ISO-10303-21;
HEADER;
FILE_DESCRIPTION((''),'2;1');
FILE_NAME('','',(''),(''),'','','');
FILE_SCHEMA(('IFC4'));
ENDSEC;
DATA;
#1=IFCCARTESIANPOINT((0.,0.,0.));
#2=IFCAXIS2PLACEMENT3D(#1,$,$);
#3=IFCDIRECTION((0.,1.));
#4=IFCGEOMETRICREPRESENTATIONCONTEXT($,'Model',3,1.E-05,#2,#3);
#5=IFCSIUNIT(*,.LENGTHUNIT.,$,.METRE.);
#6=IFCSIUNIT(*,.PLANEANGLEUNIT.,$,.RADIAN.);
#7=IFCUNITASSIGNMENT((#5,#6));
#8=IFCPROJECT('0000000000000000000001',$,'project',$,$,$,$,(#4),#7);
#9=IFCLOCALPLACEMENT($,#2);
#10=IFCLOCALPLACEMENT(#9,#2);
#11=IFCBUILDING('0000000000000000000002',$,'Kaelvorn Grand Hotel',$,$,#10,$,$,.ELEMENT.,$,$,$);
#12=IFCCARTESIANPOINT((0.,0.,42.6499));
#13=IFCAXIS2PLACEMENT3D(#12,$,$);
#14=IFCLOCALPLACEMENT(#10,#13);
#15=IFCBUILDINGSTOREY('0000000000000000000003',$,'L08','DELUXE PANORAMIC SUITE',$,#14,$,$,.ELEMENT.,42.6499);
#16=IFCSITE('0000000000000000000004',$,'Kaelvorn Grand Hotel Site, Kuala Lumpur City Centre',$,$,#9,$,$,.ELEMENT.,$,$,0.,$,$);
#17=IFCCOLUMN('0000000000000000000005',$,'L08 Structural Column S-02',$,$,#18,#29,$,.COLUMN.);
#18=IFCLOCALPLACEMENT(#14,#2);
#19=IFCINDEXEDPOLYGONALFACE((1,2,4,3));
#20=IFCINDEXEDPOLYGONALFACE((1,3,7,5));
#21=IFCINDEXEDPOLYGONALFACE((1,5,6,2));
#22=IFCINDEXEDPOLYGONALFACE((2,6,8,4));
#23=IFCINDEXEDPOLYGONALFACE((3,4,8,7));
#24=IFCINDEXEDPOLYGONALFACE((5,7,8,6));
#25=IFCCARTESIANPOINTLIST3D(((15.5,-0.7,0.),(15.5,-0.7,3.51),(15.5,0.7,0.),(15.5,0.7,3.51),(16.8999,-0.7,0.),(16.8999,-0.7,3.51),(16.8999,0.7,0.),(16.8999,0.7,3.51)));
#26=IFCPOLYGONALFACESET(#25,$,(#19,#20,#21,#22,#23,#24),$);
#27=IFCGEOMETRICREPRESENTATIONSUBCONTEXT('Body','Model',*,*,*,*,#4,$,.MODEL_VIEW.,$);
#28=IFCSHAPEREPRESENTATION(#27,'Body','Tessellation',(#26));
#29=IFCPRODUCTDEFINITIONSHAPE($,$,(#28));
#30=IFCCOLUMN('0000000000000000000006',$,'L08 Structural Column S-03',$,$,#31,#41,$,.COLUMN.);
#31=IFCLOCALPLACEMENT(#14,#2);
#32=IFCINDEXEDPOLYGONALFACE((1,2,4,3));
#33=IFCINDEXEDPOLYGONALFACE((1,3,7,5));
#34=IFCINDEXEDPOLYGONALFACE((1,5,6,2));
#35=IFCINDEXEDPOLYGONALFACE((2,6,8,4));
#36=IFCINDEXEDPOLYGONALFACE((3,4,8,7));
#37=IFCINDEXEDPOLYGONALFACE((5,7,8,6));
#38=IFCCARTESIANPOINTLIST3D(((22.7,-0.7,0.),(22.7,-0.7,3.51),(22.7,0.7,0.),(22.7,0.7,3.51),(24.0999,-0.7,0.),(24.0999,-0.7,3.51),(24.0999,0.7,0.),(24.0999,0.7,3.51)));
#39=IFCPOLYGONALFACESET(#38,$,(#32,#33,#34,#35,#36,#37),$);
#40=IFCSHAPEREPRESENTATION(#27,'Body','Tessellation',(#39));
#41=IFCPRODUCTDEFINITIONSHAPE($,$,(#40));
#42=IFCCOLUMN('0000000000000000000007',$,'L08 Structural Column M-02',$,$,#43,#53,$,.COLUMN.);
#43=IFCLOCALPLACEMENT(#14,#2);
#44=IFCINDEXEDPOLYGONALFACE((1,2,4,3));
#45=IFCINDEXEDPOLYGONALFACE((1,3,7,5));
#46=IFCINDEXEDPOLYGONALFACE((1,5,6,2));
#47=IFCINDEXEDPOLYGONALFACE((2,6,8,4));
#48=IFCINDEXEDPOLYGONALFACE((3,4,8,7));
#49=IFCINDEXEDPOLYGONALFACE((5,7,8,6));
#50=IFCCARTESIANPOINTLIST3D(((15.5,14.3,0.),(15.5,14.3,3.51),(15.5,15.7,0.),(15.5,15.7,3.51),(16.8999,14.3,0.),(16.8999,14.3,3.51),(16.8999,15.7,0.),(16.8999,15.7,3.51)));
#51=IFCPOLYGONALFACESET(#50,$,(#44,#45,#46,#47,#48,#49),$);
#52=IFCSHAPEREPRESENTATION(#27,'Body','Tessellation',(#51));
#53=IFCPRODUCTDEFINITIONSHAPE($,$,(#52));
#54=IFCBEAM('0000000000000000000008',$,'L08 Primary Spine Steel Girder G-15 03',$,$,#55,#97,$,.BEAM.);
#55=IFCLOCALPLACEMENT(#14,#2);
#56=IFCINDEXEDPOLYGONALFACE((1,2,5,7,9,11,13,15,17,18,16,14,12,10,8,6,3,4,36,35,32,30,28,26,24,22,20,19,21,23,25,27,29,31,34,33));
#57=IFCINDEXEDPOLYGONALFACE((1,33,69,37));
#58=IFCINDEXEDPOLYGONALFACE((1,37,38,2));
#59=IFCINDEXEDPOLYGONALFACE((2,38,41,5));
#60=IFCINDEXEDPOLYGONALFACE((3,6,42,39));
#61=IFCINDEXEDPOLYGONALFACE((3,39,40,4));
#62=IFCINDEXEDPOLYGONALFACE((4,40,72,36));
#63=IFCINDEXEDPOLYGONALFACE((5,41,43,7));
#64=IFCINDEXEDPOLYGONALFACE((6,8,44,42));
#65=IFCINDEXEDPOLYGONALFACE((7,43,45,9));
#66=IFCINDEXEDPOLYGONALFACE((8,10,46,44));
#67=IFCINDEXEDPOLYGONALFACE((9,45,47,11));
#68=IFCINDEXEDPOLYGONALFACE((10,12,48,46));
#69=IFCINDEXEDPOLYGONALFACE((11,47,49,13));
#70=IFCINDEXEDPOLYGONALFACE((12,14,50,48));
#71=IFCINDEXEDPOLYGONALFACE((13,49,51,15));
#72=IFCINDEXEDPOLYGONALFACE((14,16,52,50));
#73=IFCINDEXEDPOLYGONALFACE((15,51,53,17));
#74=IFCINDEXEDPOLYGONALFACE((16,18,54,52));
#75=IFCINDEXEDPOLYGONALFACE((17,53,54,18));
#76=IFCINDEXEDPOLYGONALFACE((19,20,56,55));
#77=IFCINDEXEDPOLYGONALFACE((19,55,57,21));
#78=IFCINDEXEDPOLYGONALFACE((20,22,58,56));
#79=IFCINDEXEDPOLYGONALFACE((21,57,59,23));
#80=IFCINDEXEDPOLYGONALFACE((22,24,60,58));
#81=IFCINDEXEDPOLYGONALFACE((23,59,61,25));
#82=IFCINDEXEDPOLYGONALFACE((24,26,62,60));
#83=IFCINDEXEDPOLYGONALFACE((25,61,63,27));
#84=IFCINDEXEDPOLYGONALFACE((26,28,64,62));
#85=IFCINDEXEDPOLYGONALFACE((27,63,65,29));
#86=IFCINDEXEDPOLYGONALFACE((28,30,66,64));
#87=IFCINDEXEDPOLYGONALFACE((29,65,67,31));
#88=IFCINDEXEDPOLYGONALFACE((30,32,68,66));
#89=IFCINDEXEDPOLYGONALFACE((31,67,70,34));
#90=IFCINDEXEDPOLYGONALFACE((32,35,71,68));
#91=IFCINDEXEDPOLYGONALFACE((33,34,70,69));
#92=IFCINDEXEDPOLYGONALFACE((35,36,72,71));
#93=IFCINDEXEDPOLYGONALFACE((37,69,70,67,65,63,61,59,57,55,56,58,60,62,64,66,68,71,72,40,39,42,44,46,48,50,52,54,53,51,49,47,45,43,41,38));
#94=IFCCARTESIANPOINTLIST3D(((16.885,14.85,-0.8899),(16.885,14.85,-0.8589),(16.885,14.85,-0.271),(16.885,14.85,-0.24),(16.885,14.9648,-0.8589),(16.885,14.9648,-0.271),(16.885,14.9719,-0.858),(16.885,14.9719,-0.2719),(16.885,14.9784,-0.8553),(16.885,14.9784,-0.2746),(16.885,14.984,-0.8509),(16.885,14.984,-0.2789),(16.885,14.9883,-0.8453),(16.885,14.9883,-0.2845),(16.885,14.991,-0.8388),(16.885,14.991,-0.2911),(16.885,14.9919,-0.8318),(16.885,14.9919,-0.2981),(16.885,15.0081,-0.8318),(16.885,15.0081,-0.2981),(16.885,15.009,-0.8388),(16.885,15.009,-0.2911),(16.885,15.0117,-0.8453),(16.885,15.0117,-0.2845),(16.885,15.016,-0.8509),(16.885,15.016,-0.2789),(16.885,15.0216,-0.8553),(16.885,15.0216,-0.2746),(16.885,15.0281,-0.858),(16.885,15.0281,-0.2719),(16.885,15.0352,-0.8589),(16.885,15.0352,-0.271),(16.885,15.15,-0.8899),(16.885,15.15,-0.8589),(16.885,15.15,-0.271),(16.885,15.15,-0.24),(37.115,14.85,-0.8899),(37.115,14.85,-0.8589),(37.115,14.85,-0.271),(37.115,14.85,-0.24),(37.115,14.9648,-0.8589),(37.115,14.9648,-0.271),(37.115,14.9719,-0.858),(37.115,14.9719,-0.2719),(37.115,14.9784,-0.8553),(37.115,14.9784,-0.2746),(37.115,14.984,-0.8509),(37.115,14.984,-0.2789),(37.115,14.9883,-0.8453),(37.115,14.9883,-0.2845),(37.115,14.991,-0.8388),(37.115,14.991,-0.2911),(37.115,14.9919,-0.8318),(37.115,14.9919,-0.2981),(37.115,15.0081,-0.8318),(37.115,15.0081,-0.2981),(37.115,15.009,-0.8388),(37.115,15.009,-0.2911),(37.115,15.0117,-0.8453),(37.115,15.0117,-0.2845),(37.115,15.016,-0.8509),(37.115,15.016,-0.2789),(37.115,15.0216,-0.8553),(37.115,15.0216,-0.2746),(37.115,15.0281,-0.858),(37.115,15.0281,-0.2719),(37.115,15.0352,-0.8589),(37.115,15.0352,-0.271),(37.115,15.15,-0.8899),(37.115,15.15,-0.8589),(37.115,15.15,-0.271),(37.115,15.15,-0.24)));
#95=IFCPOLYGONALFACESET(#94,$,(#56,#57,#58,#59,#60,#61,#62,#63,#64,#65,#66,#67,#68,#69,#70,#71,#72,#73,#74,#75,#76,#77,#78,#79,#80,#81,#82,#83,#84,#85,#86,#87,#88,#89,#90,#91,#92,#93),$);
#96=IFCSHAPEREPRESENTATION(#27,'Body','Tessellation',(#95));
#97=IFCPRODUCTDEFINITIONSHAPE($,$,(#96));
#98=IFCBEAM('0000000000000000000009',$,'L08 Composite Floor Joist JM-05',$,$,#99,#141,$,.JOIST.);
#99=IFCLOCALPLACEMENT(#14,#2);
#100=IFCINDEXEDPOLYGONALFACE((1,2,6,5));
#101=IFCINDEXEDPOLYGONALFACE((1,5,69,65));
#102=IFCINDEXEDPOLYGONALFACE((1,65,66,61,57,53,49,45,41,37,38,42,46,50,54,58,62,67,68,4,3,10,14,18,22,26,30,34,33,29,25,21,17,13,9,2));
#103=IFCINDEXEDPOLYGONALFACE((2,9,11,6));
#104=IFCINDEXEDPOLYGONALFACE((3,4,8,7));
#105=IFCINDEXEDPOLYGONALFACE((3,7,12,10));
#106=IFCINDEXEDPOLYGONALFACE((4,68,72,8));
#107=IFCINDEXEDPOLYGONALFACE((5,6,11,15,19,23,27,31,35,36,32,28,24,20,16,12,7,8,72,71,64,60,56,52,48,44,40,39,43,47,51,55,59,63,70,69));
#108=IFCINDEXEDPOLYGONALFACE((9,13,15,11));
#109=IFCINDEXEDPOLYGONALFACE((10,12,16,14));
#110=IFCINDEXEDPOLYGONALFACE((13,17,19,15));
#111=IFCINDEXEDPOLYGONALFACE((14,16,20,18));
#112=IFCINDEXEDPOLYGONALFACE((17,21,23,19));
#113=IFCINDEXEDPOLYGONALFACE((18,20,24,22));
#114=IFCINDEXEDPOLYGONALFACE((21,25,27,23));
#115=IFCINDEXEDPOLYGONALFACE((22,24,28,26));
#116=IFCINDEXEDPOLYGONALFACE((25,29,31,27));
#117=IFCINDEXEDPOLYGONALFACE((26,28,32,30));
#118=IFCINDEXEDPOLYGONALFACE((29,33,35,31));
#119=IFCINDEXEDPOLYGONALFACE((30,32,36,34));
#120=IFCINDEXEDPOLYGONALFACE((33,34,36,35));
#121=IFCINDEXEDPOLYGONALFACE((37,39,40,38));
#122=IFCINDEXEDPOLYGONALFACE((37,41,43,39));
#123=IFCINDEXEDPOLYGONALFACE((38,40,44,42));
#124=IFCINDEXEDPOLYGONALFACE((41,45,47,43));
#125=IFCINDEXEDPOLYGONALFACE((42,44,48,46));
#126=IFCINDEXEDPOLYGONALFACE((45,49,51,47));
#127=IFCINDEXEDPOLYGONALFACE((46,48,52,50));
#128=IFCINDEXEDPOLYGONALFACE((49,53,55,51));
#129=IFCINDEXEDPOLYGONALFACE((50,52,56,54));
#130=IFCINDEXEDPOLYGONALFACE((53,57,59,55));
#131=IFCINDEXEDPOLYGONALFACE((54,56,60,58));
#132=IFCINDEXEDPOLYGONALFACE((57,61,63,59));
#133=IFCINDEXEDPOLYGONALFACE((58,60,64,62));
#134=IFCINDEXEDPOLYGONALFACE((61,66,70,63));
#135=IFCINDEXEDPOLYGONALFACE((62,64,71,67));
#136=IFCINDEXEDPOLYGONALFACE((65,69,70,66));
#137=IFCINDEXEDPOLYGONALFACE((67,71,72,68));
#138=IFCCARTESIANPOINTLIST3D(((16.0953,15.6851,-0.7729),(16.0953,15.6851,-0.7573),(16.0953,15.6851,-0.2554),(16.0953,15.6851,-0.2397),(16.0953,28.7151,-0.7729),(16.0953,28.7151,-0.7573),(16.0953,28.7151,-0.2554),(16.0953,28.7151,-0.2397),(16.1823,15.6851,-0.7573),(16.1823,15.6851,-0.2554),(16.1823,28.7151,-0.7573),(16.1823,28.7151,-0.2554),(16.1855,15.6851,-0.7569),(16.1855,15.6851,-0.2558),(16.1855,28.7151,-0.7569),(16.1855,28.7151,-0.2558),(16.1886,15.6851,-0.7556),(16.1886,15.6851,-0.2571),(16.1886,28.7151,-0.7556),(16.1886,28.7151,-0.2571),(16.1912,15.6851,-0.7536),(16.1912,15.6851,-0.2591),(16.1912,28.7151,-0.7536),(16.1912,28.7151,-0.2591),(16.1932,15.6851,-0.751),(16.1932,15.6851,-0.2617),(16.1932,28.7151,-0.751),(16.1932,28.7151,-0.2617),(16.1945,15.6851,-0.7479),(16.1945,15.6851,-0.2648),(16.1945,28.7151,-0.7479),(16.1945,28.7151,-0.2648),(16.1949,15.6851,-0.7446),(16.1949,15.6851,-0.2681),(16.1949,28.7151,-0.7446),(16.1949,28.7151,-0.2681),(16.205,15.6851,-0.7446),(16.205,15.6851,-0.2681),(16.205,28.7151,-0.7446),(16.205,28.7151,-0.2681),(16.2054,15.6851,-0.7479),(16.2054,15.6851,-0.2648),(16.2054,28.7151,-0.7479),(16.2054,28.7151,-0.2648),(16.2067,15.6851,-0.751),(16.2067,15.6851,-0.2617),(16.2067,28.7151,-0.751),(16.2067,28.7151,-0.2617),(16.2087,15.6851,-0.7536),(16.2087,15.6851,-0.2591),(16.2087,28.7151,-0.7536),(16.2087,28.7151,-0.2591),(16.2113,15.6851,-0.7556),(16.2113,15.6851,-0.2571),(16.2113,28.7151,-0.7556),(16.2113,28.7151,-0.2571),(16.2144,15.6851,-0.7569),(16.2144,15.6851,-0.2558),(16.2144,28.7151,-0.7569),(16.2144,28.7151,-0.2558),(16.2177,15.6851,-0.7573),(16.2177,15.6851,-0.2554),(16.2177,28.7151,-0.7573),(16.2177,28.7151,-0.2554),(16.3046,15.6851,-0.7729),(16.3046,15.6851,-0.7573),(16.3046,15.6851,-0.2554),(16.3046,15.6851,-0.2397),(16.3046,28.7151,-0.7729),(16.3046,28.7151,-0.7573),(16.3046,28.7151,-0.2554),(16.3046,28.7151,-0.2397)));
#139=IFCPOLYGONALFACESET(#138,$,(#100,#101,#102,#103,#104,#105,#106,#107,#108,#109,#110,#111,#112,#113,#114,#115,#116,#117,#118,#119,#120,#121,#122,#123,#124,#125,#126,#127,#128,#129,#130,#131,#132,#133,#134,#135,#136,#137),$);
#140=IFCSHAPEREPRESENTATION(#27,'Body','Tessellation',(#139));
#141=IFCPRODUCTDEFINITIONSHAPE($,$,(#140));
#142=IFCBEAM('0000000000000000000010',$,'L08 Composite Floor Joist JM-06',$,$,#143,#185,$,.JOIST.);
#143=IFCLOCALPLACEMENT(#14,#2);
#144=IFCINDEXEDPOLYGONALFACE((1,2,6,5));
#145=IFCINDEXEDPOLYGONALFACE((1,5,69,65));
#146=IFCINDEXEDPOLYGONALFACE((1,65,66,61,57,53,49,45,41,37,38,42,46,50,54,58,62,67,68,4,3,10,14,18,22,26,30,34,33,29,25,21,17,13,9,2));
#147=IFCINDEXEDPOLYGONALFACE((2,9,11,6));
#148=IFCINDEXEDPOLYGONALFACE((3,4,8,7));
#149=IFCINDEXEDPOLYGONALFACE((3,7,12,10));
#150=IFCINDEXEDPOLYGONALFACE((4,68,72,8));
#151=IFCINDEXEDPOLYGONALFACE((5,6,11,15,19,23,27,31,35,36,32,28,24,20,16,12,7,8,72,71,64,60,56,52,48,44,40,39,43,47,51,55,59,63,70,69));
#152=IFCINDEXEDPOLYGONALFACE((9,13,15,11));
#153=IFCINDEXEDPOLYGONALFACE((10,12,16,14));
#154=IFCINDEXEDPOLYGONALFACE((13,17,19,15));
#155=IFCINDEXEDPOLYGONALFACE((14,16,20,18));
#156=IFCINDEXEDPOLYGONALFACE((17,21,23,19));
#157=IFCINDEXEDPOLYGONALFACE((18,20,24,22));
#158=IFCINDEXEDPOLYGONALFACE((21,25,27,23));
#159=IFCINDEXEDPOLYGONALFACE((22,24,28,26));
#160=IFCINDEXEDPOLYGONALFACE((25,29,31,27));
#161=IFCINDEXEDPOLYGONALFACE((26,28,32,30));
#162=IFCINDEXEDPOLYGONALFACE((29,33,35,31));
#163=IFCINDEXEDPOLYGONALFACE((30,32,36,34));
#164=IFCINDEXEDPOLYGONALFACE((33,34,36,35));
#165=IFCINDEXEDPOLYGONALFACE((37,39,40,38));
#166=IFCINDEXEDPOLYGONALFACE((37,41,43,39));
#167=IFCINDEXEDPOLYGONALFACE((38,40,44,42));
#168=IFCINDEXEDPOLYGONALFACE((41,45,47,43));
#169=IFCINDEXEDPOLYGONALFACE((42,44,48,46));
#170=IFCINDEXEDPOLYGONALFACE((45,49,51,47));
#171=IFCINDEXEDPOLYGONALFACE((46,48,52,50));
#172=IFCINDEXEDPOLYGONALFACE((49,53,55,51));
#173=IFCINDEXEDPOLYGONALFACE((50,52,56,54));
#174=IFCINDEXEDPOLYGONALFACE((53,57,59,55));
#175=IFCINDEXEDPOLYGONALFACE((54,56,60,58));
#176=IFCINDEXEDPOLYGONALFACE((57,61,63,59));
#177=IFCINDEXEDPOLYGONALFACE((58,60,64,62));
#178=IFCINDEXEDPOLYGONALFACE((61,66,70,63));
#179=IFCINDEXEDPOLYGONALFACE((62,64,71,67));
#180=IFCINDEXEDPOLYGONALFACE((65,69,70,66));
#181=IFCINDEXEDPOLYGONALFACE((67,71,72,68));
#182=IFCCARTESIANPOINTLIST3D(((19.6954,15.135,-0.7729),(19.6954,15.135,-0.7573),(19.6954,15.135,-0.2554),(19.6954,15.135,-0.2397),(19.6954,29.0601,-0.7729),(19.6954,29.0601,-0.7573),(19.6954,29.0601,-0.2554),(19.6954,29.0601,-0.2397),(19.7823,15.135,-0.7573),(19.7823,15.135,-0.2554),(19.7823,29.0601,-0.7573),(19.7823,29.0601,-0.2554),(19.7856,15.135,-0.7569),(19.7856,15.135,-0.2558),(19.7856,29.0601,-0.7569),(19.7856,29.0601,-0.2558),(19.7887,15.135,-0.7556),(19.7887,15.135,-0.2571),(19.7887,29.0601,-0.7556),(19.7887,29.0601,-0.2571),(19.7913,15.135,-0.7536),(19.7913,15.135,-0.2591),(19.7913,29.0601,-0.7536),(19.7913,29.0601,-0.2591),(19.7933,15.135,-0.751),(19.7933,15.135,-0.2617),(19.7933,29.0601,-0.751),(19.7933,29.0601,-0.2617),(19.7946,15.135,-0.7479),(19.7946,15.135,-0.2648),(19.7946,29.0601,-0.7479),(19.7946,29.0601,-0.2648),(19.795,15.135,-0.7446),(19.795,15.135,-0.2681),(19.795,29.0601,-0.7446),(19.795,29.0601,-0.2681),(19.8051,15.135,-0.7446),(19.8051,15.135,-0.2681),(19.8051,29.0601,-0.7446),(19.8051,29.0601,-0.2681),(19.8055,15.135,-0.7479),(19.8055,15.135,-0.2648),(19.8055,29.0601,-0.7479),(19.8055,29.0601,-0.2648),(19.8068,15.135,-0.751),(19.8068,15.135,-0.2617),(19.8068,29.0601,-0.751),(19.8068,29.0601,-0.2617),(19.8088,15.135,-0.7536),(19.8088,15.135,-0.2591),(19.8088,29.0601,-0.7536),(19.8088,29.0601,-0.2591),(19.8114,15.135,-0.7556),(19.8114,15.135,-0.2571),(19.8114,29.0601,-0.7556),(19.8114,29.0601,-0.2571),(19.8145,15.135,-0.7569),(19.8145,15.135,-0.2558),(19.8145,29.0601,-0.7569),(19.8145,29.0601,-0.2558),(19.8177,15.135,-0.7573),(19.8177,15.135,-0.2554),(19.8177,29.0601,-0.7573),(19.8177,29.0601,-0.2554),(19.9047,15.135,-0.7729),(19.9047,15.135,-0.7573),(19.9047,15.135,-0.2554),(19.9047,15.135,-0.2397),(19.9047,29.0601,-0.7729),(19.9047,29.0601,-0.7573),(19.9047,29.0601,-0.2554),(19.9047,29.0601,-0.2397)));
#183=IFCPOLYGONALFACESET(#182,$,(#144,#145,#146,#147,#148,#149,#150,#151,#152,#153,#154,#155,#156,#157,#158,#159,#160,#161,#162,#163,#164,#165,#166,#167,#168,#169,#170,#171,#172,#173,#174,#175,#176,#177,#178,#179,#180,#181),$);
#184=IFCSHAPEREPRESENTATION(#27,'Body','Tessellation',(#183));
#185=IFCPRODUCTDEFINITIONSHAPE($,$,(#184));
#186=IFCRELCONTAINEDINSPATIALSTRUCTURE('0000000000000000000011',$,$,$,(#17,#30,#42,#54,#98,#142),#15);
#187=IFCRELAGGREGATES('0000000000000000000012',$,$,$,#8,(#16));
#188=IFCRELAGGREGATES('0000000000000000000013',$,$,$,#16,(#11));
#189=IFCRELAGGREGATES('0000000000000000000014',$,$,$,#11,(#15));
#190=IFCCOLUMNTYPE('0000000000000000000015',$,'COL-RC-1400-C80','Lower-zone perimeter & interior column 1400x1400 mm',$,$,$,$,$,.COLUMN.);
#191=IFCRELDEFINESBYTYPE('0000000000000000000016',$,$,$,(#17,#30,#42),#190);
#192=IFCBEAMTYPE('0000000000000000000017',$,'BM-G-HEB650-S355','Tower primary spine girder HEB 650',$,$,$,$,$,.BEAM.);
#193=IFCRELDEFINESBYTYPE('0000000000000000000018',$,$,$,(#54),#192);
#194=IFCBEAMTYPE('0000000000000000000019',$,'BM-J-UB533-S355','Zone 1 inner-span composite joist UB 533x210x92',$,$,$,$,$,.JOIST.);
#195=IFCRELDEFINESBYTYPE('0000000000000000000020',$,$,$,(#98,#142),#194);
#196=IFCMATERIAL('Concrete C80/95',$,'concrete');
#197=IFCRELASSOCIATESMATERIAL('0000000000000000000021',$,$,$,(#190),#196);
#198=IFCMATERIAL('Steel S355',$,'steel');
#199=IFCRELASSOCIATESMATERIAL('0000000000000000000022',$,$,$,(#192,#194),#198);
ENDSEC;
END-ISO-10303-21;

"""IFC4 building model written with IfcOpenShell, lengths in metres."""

from ifc_helpers import new_model, si_unit, direction, frame, origin, origin_2d, place, context, subcontext, project, spatial, rectangle, i_section, extrude, material, material_profile, profile_set, type_object, element, save


model = new_model("IFC4")

# Units and contexts
model_context = context("Model", 3, precision=1e-05, world=origin(), true_north=direction((0.0, 1.0)))
body_context = subcontext(model_context, "Body", "Model", "MODEL_VIEW")
ifc_project = project(units=[si_unit("LENGTHUNIT", "METRE"), si_unit("PLANEANGLEUNIT", "RADIAN")], contexts=[model_context])

# Site, building, storey
site_placement = place(None, origin())
site = spatial("IfcSite", under=ifc_project, at=site_placement, Name="Kaelvorn Grand Hotel Site, Kuala Lumpur City Centre", CompositionType="ELEMENT", RefElevation=0.0)
building_placement = place(site_placement, origin())
building = spatial("IfcBuilding", under=site, at=building_placement, Name="Kaelvorn Grand Hotel", CompositionType="ELEMENT")
storey_placement = place(building_placement, frame((0.0, 0.0, 42.6499)))
storey = spatial("IfcBuildingStorey", under=building, at=storey_placement, Name="L08", Description="DELUXE PANORAMIC SUITE", CompositionType="ELEMENT", Elevation=42.6499)

# Columns
ifc_material_1 = material(Name="Concrete C80/95", Category="concrete")
ifc_material_profile_1 = material_profile(ifc_material_1, rectangle(XDim=1.3999, YDim=1.3999, at=origin_2d()), Name="RC COL 1400x1400")
ifc_profile_set_1 = profile_set([ifc_material_profile_1], Name="Concrete C80/95")
column_type = type_object("IfcColumnType", Name="COL-RC-1400-C80", Description="Lower-zone perimeter & interior column 1400x1400 mm", PredefinedType="COLUMN", material=ifc_profile_set_1)
for number, where, z_axis, x_axis, name in (
    (1, (16.2, 0.0, 0.0), (0.0, 0.0, 1.0), (1.0, 0.0, 0.0), "L08 Structural Column S-02"),
    (2, (23.3999, 0.0, 0.0), (0.0, 0.0, 1.0), (1.0, 0.0, 0.0), "L08 Structural Column S-03"),
    (3, (16.2, 15.0, 0.0), (0.0, 0.0, 1.0), (1.0, 0.0, 0.0), "L08 Structural Column M-02"),
):
    element("IfcColumn", number, at=place(storey_placement, frame(where, z_axis=z_axis, x_axis=x_axis)), inside=storey, type_object=column_type, Name=name, PredefinedType="COLUMN", context=body_context, shape_type="SweptSolid", body=[
        extrude(rectangle(XDim=1.3999, YDim=1.3999, at=origin_2d()), origin(), (0.0, 0.0, 1.0), 3.51),
    ])

# Beams
ifc_material_2 = material(Name="Steel S355", Category="steel")
ifc_material_profile_2 = material_profile(ifc_material_2, i_section(OverallWidth=0.3, OverallDepth=0.6499, WebThickness=0.0161, FlangeThickness=0.031, FilletRadius=0.0271, at=origin_2d()), Name="HEB 650")
ifc_profile_set_2 = profile_set([ifc_material_profile_2], Name="Steel S355")
beam_type_1 = type_object("IfcBeamType", Name="BM-G-HEB650-S355", Description="Tower primary spine girder HEB 650", PredefinedType="BEAM", material=ifc_profile_set_2)
beam_1_placement = place(storey_placement, frame((16.885, 15.0, -0.5649), z_axis=(1.0, 0.0, 0.0), x_axis=(0.0, 1.0, 0.0)))
element("IfcBeam", 4, at=beam_1_placement, inside=storey, type_object=beam_type_1, Name="L08 Primary Spine Steel Girder G-15 03", PredefinedType="BEAM", context=body_context, shape_type="SweptSolid", body=[
    extrude(i_section(OverallWidth=0.3, OverallDepth=0.6499, WebThickness=0.0161, FlangeThickness=0.031, FilletRadius=0.0271, at=origin_2d()), origin(), (0.0, 0.0, 1.0), 20.23),
])
ifc_material_profile_3 = material_profile(ifc_material_2, i_section(OverallWidth=0.2092, OverallDepth=0.5332, WebThickness=0.01, FlangeThickness=0.0156, FilletRadius=0.0127, at=origin_2d()), Name="UB 533x210x92")
ifc_profile_set_3 = profile_set([ifc_material_profile_3], Name="Steel S355")
beam_type_2 = type_object("IfcBeamType", Name="BM-J-UB533-S355", Description="Zone 1 inner-span composite joist UB 533x210x92", PredefinedType="JOIST", material=ifc_profile_set_3)
beam_2_placement = place(storey_placement, frame((16.2, 15.6851, -0.5063), z_axis=(0.0, 1.0, 0.0), x_axis=(-1.0, 0.0, 0.0)))
element("IfcBeam", 5, at=beam_2_placement, inside=storey, type_object=beam_type_2, Name="L08 Composite Floor Joist JM-05", PredefinedType="JOIST", context=body_context, shape_type="SweptSolid", body=[
    extrude(i_section(OverallWidth=0.2092, OverallDepth=0.5332, WebThickness=0.01, FlangeThickness=0.0156, FilletRadius=0.0127, at=origin_2d()), origin(), (0.0, 0.0, 1.0), 13.03),
])
beam_3_placement = place(storey_placement, frame((19.8, 15.135, -0.5063), z_axis=(0.0, 1.0, 0.0), x_axis=(-1.0, 0.0, 0.0)))
element("IfcBeam", 6, at=beam_3_placement, inside=storey, type_object=beam_type_2, Name="L08 Composite Floor Joist JM-06", PredefinedType="JOIST", context=body_context, shape_type="SweptSolid", body=[
    extrude(i_section(OverallWidth=0.2092, OverallDepth=0.5332, WebThickness=0.01, FlangeThickness=0.0156, FilletRadius=0.0127, at=origin_2d()), origin(), (0.0, 0.0, 1.0), 13.925),
])

save(model, "model.ifc")
